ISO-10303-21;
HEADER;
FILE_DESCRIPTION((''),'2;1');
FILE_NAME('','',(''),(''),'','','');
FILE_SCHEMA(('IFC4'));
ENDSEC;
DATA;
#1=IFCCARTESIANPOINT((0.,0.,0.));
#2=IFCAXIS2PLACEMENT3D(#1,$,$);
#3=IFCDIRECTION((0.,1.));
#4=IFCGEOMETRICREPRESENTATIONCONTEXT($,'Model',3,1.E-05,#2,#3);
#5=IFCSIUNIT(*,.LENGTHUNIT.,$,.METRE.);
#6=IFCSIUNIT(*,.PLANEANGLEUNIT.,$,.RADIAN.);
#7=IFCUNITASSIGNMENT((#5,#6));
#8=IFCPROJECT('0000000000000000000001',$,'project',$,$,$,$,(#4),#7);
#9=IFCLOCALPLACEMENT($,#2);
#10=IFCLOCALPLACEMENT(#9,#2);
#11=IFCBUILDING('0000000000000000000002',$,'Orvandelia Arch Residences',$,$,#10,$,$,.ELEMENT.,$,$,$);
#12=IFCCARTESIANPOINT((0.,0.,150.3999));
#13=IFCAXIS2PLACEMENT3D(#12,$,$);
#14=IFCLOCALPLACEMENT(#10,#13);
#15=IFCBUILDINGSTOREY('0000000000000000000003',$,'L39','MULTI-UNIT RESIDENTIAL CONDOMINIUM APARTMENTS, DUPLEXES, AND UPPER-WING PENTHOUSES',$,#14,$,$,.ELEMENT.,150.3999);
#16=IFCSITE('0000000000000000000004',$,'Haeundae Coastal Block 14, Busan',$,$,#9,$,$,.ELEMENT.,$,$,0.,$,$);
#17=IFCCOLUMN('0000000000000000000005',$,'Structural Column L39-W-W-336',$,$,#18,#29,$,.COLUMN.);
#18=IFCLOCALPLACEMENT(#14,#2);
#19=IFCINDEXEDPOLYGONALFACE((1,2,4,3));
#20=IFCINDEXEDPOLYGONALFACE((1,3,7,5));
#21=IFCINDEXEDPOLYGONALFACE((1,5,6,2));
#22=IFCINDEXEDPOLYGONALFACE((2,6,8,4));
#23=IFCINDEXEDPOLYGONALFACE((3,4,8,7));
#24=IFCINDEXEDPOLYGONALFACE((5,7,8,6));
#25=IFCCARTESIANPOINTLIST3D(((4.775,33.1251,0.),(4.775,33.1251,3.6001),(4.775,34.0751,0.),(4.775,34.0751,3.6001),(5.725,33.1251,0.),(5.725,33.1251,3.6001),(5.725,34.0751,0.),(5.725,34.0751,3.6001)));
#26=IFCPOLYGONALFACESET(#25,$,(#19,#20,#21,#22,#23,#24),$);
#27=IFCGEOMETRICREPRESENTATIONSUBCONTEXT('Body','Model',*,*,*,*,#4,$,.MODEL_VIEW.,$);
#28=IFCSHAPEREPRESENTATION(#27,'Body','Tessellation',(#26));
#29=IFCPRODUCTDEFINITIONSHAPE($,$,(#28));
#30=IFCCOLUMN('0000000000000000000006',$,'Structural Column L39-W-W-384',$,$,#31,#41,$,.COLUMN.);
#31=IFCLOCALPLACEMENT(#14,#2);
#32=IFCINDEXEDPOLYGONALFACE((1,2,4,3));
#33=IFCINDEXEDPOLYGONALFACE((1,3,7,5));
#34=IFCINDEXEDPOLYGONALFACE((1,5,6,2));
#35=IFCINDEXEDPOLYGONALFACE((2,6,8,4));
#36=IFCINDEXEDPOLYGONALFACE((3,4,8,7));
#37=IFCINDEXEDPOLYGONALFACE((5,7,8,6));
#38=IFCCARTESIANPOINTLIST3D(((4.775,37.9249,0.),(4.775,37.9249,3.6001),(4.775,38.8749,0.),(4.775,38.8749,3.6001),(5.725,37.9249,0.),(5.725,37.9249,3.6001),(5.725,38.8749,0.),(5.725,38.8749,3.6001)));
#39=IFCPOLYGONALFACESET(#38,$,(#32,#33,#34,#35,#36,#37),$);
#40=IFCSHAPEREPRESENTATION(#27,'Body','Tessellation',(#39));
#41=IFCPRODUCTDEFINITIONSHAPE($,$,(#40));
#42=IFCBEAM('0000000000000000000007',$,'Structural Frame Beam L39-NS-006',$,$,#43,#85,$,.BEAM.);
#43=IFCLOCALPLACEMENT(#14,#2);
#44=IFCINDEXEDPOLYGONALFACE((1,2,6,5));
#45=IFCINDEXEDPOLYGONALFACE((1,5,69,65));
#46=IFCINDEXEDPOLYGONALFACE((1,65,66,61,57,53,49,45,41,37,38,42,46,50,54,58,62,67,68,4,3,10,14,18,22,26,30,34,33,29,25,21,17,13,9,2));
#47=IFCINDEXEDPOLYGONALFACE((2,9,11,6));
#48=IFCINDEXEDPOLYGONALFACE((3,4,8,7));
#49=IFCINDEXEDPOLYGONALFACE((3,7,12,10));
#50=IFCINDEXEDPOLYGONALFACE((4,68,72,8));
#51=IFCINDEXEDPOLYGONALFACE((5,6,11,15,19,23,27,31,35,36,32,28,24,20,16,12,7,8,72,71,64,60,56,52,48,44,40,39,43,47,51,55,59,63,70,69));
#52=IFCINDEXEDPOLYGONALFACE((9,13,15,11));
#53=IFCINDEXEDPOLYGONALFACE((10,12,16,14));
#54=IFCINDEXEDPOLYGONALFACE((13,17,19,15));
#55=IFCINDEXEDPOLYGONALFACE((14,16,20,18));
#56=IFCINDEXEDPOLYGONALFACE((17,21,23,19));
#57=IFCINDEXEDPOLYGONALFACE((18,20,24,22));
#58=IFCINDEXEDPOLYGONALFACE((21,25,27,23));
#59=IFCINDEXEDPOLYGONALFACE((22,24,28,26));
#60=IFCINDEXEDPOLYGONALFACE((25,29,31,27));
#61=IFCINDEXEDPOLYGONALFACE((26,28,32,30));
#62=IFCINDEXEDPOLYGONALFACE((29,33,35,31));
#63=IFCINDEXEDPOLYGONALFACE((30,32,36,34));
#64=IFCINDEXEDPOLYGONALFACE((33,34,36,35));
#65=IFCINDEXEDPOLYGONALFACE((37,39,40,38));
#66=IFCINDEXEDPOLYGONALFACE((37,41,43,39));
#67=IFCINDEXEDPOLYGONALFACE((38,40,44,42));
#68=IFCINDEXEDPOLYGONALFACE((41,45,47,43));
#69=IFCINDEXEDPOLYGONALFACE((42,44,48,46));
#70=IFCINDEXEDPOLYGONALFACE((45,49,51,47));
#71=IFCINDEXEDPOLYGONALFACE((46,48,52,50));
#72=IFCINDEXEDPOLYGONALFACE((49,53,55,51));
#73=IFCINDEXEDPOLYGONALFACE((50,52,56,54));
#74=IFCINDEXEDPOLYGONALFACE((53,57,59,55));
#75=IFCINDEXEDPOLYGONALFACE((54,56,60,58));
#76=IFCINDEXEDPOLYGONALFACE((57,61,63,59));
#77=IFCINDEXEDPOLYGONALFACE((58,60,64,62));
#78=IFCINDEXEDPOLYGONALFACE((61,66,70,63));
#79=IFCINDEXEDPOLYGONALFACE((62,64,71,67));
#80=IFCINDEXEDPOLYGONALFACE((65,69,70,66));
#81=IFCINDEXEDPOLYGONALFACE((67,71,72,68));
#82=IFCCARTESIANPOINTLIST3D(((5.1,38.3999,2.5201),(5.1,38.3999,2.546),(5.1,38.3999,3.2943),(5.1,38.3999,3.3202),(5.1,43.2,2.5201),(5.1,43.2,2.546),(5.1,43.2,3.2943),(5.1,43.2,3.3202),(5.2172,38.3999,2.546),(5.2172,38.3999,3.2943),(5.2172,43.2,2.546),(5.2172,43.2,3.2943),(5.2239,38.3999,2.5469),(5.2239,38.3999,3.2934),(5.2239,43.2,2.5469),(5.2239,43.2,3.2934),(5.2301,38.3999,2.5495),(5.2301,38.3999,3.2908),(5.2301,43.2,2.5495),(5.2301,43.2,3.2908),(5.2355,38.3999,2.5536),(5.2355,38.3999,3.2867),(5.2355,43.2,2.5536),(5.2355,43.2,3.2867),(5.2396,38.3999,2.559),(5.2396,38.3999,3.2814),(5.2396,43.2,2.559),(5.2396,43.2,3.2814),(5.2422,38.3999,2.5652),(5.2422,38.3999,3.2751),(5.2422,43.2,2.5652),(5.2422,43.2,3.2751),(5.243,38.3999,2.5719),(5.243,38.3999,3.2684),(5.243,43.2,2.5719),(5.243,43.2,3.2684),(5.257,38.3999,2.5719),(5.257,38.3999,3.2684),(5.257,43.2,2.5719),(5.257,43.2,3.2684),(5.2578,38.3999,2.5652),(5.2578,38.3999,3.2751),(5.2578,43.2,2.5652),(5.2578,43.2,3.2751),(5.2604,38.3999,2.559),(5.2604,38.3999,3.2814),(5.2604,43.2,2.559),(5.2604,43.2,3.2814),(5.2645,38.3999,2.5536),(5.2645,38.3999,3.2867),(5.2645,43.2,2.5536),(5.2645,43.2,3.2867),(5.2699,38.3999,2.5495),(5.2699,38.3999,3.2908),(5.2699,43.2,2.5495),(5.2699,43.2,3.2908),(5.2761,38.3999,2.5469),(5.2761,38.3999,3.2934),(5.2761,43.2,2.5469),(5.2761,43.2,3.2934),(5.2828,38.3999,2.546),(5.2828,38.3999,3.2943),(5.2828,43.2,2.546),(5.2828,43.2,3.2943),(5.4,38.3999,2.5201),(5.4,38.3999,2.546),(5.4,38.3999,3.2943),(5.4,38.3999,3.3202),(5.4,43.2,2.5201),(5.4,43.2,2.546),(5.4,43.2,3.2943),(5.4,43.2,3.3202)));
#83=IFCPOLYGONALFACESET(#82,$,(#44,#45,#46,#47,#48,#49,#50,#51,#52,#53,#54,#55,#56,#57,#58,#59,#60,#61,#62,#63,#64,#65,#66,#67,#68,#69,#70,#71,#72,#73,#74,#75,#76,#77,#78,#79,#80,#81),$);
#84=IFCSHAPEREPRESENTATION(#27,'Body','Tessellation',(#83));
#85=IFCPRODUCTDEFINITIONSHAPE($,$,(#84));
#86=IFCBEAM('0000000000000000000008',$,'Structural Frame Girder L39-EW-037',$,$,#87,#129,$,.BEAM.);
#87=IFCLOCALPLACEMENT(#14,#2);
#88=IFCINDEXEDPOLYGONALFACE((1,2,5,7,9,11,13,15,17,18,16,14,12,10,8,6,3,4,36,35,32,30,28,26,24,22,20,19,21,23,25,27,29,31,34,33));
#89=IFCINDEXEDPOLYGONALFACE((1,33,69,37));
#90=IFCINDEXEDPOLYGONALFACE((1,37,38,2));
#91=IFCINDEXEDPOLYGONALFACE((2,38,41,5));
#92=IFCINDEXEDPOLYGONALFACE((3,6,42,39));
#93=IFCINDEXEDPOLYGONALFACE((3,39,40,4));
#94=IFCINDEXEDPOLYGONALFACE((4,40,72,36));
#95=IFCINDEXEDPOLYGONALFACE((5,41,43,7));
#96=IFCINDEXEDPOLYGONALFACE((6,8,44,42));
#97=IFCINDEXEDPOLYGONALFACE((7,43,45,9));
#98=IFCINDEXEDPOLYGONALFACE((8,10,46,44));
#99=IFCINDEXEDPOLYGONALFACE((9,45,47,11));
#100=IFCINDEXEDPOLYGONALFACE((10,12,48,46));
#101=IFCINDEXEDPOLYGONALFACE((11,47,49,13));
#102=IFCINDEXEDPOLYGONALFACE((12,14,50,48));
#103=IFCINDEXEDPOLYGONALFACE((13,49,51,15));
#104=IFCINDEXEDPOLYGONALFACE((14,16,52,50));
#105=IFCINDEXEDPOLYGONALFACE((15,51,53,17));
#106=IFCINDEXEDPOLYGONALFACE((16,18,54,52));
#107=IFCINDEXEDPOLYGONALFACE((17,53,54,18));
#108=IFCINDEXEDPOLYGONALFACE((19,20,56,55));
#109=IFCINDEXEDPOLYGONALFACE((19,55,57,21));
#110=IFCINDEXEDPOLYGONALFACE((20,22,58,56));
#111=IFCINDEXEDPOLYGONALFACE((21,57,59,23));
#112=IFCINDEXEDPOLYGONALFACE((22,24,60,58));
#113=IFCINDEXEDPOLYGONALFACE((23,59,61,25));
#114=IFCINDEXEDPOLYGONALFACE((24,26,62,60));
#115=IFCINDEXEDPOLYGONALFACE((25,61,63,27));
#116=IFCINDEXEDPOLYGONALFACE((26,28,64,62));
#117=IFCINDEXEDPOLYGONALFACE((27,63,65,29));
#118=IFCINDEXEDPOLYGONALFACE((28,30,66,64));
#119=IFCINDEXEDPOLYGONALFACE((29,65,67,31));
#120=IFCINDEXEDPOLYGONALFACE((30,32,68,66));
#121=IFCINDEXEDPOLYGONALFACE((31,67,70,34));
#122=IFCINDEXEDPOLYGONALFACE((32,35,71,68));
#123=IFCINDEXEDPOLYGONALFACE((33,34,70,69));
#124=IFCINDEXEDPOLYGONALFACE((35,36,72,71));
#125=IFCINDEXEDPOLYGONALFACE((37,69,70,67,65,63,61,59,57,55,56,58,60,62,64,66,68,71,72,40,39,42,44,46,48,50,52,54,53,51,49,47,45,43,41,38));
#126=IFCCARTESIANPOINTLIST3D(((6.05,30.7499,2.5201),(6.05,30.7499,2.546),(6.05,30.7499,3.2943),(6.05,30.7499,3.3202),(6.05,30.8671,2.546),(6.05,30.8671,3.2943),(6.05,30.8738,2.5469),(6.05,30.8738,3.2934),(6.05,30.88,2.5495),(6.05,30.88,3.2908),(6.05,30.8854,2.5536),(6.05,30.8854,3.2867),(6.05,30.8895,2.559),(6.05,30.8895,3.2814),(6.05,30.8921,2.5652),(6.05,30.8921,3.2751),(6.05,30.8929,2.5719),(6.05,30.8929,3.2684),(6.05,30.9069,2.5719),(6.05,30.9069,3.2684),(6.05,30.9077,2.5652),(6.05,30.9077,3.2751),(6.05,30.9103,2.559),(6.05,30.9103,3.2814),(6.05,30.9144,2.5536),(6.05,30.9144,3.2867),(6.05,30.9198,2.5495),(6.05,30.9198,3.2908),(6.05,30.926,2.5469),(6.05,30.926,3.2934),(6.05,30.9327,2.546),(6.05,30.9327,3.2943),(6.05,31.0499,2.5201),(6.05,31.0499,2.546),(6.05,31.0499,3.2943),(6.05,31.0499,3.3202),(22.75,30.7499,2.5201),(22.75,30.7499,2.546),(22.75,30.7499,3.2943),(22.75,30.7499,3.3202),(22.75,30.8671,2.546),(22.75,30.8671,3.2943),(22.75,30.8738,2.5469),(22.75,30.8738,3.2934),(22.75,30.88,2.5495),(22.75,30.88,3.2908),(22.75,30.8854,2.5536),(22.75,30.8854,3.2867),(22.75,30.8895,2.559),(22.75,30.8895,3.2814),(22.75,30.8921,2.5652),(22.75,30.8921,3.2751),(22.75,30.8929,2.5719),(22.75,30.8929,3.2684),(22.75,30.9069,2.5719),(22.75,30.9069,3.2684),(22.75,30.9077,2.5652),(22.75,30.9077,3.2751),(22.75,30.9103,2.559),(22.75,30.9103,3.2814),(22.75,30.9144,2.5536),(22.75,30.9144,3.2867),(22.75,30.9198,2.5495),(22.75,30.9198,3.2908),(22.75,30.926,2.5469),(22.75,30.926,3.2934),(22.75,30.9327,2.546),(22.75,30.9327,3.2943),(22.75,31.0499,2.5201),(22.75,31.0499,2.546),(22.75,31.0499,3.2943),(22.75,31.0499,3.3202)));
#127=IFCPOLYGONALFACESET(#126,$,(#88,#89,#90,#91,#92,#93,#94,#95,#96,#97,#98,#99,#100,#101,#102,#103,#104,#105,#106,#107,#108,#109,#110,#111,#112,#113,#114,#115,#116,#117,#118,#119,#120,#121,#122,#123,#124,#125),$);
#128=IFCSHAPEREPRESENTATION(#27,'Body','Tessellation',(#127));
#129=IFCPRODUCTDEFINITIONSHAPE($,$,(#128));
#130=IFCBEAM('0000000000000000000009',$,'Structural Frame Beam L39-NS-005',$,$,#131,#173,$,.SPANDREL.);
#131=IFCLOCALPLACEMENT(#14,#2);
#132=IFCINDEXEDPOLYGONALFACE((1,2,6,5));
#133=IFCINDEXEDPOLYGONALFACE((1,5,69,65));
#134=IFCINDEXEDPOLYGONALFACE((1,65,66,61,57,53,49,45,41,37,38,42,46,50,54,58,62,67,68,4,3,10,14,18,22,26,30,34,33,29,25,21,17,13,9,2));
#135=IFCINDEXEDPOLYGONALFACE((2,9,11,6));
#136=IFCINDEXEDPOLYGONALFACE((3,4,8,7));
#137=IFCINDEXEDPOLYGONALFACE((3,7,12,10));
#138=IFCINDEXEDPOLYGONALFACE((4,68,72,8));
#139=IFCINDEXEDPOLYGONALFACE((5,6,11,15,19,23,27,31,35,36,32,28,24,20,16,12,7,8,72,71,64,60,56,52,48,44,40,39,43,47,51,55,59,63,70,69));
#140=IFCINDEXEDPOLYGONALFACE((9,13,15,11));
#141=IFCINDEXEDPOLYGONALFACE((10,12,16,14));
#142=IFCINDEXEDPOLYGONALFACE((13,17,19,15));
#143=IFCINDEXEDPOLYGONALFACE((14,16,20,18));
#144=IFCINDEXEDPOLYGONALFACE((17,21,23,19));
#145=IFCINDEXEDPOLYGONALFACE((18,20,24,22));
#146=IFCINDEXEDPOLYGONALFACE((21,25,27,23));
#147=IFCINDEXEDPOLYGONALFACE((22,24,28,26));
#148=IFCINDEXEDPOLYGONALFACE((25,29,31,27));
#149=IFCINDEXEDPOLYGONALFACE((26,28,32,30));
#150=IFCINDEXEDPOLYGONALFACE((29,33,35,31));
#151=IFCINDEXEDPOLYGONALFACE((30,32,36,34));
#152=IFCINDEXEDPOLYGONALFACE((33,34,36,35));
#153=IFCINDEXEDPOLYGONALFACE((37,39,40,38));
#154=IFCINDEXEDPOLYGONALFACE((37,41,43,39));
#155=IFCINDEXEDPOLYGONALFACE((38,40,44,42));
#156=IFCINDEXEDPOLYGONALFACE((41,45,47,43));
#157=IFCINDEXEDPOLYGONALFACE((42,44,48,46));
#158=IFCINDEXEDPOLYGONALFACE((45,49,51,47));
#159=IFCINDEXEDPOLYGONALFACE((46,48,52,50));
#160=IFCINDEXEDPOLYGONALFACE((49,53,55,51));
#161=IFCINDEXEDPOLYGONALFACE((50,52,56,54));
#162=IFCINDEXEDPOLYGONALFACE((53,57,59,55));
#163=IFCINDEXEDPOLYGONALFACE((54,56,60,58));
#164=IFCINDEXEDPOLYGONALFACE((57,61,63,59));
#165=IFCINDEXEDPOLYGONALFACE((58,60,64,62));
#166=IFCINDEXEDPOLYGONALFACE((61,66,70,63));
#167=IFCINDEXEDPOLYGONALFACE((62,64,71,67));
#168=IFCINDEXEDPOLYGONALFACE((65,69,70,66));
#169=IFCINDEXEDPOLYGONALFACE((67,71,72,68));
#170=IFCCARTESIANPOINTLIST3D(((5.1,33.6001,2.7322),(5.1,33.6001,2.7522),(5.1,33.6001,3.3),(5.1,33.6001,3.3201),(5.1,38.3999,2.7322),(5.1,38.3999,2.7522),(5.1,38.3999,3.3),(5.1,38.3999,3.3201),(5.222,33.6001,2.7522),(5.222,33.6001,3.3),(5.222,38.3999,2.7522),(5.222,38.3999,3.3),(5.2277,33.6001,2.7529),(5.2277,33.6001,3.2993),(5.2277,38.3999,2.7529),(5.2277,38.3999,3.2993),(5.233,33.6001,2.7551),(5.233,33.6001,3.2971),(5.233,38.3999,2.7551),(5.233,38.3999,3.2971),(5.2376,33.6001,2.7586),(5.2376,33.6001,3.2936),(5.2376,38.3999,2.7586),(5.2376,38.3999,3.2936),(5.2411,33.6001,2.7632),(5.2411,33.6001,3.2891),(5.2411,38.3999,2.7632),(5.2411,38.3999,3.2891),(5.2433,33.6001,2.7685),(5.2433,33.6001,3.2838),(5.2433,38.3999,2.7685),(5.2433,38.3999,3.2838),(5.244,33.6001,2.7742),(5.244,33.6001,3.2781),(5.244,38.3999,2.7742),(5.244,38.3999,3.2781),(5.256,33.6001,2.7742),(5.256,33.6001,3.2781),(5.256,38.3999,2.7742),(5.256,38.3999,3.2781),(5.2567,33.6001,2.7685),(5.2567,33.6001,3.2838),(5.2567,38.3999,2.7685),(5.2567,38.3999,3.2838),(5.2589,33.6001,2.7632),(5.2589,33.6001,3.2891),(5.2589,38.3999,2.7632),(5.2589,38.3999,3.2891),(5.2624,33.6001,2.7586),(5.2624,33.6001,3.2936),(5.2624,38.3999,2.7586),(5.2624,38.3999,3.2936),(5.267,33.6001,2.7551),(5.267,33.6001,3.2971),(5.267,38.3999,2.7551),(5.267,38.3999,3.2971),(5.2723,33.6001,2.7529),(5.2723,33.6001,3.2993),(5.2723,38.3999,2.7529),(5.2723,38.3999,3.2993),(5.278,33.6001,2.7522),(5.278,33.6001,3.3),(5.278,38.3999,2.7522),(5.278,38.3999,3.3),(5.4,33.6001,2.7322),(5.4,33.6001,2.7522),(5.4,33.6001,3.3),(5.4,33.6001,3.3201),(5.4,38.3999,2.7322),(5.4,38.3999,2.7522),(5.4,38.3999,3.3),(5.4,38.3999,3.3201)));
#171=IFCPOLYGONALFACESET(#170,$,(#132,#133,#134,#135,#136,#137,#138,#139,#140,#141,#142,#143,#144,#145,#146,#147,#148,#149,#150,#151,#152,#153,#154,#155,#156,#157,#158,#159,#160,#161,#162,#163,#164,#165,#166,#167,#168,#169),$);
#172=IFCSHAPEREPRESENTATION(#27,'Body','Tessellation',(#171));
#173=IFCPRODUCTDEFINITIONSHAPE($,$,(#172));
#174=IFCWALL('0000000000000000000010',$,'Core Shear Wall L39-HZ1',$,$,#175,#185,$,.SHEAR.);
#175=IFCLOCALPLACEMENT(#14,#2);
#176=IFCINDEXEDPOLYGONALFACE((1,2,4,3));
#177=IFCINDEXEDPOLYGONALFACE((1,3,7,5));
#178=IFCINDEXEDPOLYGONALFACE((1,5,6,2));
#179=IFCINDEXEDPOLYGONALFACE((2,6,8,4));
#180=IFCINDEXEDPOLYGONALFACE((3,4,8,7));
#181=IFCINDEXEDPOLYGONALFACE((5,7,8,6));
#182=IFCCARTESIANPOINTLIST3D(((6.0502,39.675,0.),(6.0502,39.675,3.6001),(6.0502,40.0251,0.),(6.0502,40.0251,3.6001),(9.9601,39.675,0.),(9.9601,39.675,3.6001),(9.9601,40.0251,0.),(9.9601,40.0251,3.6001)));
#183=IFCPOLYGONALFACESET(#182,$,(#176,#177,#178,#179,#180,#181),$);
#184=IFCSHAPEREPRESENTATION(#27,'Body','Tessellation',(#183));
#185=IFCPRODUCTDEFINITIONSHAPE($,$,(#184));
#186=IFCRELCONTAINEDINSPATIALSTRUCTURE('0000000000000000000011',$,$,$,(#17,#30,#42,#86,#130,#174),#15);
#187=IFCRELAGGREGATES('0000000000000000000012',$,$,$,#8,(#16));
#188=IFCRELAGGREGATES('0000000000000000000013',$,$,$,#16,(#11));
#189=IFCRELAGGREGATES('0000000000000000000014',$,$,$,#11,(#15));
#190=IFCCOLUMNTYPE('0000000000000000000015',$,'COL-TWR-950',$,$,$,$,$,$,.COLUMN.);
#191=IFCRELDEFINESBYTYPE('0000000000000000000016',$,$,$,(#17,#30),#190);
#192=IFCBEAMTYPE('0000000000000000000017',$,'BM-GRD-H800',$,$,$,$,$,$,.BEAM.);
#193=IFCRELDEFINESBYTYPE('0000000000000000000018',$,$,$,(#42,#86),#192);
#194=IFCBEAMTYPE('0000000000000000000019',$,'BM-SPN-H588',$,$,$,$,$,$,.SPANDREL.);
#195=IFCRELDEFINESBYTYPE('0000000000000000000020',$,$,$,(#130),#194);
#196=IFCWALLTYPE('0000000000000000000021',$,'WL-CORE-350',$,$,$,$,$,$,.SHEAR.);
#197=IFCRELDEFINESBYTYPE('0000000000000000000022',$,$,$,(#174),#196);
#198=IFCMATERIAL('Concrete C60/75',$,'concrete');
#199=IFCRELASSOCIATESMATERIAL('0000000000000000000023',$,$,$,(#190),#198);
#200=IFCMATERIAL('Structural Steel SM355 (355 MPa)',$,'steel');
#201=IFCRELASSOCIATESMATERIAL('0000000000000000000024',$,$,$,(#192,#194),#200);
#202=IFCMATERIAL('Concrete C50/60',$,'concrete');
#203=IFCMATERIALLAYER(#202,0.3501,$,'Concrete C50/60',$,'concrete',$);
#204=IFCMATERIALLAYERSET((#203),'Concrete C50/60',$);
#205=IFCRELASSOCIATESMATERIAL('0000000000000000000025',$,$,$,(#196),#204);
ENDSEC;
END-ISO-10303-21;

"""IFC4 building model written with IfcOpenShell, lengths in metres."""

from ifc_helpers import new_model, si_unit, direction, frame, frame_2d, origin, origin_2d, place, context, subcontext, project, spatial, rectangle, i_section, extrude, material, layer, layer_set, material_profile, profile_set, type_object, element, save


model = new_model("IFC4")

# Units and contexts
model_context = context("Model", 3, precision=1e-05, world=origin(), true_north=direction((0.0, 1.0)))
body_context = subcontext(model_context, "Body", "Model", "MODEL_VIEW")
ifc_project = project(units=[si_unit("LENGTHUNIT", "METRE"), si_unit("PLANEANGLEUNIT", "RADIAN")], contexts=[model_context])

# Site, building, storey
site_placement = place(None, origin())
site = spatial("IfcSite", under=ifc_project, at=site_placement, Name="Haeundae Coastal Block 14, Busan", CompositionType="ELEMENT", RefElevation=0.0)
building_placement = place(site_placement, origin())
building = spatial("IfcBuilding", under=site, at=building_placement, Name="Orvandelia Arch Residences", CompositionType="ELEMENT")
storey_placement = place(building_placement, frame((0.0, 0.0, 150.3999)))
storey = spatial("IfcBuildingStorey", under=building, at=storey_placement, Name="L39", Description="MULTI-UNIT RESIDENTIAL CONDOMINIUM APARTMENTS, DUPLEXES, AND UPPER-WING PENTHOUSES", CompositionType="ELEMENT", Elevation=150.3999)

# Columns
ifc_material_1 = material(Name="Concrete C60/75", Category="concrete")
ifc_material_profile_1 = material_profile(ifc_material_1, rectangle(XDim=0.95, YDim=0.95, at=origin_2d()), Name="Concrete C60/75", Category="concrete")
ifc_profile_set_1 = profile_set([ifc_material_profile_1], Name="Concrete C60/75")
column_type = type_object("IfcColumnType", Name="COL-TWR-950", PredefinedType="COLUMN", material=ifc_profile_set_1)
for number, where, z_axis, x_axis, name in (
    (1, (5.25, 33.6001, 0.0), (0.0, 0.0, 1.0), (1.0, 0.0, 0.0), "Structural Column L39-W-W-336"),
    (2, (5.25, 38.3999, 0.0), (0.0, 0.0, 1.0), (1.0, 0.0, 0.0), "Structural Column L39-W-W-384"),
):
    element("IfcColumn", number, at=place(storey_placement, frame(where, z_axis=z_axis, x_axis=x_axis)), inside=storey, type_object=column_type, Name=name, PredefinedType="COLUMN", context=body_context, shape_type="SweptSolid", body=[
        extrude(rectangle(XDim=0.95, YDim=0.95, at=origin_2d()), origin(), (0.0, 0.0, 1.0), 3.6001),
    ])

# Beams
ifc_material_2 = material(Name="Structural Steel SM355 (355 MPa)", Category="steel")
ifc_material_profile_2 = material_profile(ifc_material_2, i_section(OverallWidth=0.3, OverallDepth=0.8, WebThickness=0.0139, FlangeThickness=0.0259, FilletRadius=0.0259, at=origin_2d()), Name="Structural Steel SM355 (355 MPa)", Category="steel")
ifc_profile_set_2 = profile_set([ifc_material_profile_2], Name="Structural Steel SM355 (355 MPa)")
beam_type_1 = type_object("IfcBeamType", Name="BM-GRD-H800", PredefinedType="BEAM", material=ifc_profile_set_2)
beam_1_placement = place(storey_placement, frame((5.25, 38.3999, 2.9202), z_axis=(0.0, 1.0, 0.0), x_axis=(-1.0, 0.0, 0.0)))
element("IfcBeam", 3, at=beam_1_placement, inside=storey, type_object=beam_type_1, Name="Structural Frame Beam L39-NS-006", PredefinedType="BEAM", context=body_context, shape_type="SweptSolid", body=[
    extrude(i_section(OverallWidth=0.3, OverallDepth=0.8, WebThickness=0.0139, FlangeThickness=0.0259, FilletRadius=0.0259, at=origin_2d()), origin(), (0.0, 0.0, 1.0), 4.8),
])
beam_2_placement = place(storey_placement, frame((6.05, 30.8999, 2.9202), z_axis=(1.0, 0.0, 0.0), x_axis=(0.0, 1.0, 0.0)))
element("IfcBeam", 4, at=beam_2_placement, inside=storey, type_object=beam_type_1, Name="Structural Frame Girder L39-EW-037", PredefinedType="BEAM", context=body_context, shape_type="SweptSolid", body=[
    extrude(i_section(OverallWidth=0.3, OverallDepth=0.8, WebThickness=0.0139, FlangeThickness=0.0259, FilletRadius=0.0259, at=origin_2d()), origin(), (0.0, 0.0, 1.0), 16.7),
])
ifc_material_profile_3 = material_profile(ifc_material_2, i_section(OverallWidth=0.3, OverallDepth=0.5879, WebThickness=0.012, FlangeThickness=0.02, FilletRadius=0.022, at=origin_2d()), Name="Structural Steel SM355 (355 MPa)", Category="steel")
ifc_profile_set_3 = profile_set([ifc_material_profile_3], Name="Structural Steel SM355 (355 MPa)")
beam_type_2 = type_object("IfcBeamType", Name="BM-SPN-H588", PredefinedType="SPANDREL", material=ifc_profile_set_3)
beam_3_placement = place(storey_placement, frame((5.25, 33.6001, 3.0261), z_axis=(0.0, 1.0, 0.0), x_axis=(-1.0, 0.0, 0.0)))
element("IfcBeam", 5, at=beam_3_placement, inside=storey, type_object=beam_type_2, Name="Structural Frame Beam L39-NS-005", PredefinedType="SPANDREL", context=body_context, shape_type="SweptSolid", body=[
    extrude(i_section(OverallWidth=0.3, OverallDepth=0.5879, WebThickness=0.012, FlangeThickness=0.02, FilletRadius=0.022, at=origin_2d()), origin(), (0.0, 0.0, 1.0), 4.7998),
])

# Wall
ifc_material_3 = material(Name="Concrete C50/60", Category="concrete")
ifc_layer_1 = layer(ifc_material_3, 0.3501, Name="Concrete C50/60", Category="concrete")
ifc_layer_set_1 = layer_set([ifc_layer_1], Name="Concrete C50/60")
wall_type_1 = type_object("IfcWallType", Name="WL-CORE-350", PredefinedType="SHEAR", material=ifc_layer_set_1)
wall_1_placement = place(storey_placement, frame((6.05, 39.8501, 0.0), z_axis=(0.0, 0.0, 1.0), x_axis=(1.0, 0.0, 0.0)))
element("IfcWall", 6, at=wall_1_placement, inside=storey, type_object=wall_type_1, Name="Core Shear Wall L39-HZ1", PredefinedType="SHEAR", context=body_context, shape_type="SweptSolid", body=[
    extrude(rectangle(XDim=3.9099, YDim=0.3501, at=frame_2d((1.9551, 0.0))), origin(), (0.0, 0.0, 1.0), 3.6001),
])

save(model, "model.ifc")
